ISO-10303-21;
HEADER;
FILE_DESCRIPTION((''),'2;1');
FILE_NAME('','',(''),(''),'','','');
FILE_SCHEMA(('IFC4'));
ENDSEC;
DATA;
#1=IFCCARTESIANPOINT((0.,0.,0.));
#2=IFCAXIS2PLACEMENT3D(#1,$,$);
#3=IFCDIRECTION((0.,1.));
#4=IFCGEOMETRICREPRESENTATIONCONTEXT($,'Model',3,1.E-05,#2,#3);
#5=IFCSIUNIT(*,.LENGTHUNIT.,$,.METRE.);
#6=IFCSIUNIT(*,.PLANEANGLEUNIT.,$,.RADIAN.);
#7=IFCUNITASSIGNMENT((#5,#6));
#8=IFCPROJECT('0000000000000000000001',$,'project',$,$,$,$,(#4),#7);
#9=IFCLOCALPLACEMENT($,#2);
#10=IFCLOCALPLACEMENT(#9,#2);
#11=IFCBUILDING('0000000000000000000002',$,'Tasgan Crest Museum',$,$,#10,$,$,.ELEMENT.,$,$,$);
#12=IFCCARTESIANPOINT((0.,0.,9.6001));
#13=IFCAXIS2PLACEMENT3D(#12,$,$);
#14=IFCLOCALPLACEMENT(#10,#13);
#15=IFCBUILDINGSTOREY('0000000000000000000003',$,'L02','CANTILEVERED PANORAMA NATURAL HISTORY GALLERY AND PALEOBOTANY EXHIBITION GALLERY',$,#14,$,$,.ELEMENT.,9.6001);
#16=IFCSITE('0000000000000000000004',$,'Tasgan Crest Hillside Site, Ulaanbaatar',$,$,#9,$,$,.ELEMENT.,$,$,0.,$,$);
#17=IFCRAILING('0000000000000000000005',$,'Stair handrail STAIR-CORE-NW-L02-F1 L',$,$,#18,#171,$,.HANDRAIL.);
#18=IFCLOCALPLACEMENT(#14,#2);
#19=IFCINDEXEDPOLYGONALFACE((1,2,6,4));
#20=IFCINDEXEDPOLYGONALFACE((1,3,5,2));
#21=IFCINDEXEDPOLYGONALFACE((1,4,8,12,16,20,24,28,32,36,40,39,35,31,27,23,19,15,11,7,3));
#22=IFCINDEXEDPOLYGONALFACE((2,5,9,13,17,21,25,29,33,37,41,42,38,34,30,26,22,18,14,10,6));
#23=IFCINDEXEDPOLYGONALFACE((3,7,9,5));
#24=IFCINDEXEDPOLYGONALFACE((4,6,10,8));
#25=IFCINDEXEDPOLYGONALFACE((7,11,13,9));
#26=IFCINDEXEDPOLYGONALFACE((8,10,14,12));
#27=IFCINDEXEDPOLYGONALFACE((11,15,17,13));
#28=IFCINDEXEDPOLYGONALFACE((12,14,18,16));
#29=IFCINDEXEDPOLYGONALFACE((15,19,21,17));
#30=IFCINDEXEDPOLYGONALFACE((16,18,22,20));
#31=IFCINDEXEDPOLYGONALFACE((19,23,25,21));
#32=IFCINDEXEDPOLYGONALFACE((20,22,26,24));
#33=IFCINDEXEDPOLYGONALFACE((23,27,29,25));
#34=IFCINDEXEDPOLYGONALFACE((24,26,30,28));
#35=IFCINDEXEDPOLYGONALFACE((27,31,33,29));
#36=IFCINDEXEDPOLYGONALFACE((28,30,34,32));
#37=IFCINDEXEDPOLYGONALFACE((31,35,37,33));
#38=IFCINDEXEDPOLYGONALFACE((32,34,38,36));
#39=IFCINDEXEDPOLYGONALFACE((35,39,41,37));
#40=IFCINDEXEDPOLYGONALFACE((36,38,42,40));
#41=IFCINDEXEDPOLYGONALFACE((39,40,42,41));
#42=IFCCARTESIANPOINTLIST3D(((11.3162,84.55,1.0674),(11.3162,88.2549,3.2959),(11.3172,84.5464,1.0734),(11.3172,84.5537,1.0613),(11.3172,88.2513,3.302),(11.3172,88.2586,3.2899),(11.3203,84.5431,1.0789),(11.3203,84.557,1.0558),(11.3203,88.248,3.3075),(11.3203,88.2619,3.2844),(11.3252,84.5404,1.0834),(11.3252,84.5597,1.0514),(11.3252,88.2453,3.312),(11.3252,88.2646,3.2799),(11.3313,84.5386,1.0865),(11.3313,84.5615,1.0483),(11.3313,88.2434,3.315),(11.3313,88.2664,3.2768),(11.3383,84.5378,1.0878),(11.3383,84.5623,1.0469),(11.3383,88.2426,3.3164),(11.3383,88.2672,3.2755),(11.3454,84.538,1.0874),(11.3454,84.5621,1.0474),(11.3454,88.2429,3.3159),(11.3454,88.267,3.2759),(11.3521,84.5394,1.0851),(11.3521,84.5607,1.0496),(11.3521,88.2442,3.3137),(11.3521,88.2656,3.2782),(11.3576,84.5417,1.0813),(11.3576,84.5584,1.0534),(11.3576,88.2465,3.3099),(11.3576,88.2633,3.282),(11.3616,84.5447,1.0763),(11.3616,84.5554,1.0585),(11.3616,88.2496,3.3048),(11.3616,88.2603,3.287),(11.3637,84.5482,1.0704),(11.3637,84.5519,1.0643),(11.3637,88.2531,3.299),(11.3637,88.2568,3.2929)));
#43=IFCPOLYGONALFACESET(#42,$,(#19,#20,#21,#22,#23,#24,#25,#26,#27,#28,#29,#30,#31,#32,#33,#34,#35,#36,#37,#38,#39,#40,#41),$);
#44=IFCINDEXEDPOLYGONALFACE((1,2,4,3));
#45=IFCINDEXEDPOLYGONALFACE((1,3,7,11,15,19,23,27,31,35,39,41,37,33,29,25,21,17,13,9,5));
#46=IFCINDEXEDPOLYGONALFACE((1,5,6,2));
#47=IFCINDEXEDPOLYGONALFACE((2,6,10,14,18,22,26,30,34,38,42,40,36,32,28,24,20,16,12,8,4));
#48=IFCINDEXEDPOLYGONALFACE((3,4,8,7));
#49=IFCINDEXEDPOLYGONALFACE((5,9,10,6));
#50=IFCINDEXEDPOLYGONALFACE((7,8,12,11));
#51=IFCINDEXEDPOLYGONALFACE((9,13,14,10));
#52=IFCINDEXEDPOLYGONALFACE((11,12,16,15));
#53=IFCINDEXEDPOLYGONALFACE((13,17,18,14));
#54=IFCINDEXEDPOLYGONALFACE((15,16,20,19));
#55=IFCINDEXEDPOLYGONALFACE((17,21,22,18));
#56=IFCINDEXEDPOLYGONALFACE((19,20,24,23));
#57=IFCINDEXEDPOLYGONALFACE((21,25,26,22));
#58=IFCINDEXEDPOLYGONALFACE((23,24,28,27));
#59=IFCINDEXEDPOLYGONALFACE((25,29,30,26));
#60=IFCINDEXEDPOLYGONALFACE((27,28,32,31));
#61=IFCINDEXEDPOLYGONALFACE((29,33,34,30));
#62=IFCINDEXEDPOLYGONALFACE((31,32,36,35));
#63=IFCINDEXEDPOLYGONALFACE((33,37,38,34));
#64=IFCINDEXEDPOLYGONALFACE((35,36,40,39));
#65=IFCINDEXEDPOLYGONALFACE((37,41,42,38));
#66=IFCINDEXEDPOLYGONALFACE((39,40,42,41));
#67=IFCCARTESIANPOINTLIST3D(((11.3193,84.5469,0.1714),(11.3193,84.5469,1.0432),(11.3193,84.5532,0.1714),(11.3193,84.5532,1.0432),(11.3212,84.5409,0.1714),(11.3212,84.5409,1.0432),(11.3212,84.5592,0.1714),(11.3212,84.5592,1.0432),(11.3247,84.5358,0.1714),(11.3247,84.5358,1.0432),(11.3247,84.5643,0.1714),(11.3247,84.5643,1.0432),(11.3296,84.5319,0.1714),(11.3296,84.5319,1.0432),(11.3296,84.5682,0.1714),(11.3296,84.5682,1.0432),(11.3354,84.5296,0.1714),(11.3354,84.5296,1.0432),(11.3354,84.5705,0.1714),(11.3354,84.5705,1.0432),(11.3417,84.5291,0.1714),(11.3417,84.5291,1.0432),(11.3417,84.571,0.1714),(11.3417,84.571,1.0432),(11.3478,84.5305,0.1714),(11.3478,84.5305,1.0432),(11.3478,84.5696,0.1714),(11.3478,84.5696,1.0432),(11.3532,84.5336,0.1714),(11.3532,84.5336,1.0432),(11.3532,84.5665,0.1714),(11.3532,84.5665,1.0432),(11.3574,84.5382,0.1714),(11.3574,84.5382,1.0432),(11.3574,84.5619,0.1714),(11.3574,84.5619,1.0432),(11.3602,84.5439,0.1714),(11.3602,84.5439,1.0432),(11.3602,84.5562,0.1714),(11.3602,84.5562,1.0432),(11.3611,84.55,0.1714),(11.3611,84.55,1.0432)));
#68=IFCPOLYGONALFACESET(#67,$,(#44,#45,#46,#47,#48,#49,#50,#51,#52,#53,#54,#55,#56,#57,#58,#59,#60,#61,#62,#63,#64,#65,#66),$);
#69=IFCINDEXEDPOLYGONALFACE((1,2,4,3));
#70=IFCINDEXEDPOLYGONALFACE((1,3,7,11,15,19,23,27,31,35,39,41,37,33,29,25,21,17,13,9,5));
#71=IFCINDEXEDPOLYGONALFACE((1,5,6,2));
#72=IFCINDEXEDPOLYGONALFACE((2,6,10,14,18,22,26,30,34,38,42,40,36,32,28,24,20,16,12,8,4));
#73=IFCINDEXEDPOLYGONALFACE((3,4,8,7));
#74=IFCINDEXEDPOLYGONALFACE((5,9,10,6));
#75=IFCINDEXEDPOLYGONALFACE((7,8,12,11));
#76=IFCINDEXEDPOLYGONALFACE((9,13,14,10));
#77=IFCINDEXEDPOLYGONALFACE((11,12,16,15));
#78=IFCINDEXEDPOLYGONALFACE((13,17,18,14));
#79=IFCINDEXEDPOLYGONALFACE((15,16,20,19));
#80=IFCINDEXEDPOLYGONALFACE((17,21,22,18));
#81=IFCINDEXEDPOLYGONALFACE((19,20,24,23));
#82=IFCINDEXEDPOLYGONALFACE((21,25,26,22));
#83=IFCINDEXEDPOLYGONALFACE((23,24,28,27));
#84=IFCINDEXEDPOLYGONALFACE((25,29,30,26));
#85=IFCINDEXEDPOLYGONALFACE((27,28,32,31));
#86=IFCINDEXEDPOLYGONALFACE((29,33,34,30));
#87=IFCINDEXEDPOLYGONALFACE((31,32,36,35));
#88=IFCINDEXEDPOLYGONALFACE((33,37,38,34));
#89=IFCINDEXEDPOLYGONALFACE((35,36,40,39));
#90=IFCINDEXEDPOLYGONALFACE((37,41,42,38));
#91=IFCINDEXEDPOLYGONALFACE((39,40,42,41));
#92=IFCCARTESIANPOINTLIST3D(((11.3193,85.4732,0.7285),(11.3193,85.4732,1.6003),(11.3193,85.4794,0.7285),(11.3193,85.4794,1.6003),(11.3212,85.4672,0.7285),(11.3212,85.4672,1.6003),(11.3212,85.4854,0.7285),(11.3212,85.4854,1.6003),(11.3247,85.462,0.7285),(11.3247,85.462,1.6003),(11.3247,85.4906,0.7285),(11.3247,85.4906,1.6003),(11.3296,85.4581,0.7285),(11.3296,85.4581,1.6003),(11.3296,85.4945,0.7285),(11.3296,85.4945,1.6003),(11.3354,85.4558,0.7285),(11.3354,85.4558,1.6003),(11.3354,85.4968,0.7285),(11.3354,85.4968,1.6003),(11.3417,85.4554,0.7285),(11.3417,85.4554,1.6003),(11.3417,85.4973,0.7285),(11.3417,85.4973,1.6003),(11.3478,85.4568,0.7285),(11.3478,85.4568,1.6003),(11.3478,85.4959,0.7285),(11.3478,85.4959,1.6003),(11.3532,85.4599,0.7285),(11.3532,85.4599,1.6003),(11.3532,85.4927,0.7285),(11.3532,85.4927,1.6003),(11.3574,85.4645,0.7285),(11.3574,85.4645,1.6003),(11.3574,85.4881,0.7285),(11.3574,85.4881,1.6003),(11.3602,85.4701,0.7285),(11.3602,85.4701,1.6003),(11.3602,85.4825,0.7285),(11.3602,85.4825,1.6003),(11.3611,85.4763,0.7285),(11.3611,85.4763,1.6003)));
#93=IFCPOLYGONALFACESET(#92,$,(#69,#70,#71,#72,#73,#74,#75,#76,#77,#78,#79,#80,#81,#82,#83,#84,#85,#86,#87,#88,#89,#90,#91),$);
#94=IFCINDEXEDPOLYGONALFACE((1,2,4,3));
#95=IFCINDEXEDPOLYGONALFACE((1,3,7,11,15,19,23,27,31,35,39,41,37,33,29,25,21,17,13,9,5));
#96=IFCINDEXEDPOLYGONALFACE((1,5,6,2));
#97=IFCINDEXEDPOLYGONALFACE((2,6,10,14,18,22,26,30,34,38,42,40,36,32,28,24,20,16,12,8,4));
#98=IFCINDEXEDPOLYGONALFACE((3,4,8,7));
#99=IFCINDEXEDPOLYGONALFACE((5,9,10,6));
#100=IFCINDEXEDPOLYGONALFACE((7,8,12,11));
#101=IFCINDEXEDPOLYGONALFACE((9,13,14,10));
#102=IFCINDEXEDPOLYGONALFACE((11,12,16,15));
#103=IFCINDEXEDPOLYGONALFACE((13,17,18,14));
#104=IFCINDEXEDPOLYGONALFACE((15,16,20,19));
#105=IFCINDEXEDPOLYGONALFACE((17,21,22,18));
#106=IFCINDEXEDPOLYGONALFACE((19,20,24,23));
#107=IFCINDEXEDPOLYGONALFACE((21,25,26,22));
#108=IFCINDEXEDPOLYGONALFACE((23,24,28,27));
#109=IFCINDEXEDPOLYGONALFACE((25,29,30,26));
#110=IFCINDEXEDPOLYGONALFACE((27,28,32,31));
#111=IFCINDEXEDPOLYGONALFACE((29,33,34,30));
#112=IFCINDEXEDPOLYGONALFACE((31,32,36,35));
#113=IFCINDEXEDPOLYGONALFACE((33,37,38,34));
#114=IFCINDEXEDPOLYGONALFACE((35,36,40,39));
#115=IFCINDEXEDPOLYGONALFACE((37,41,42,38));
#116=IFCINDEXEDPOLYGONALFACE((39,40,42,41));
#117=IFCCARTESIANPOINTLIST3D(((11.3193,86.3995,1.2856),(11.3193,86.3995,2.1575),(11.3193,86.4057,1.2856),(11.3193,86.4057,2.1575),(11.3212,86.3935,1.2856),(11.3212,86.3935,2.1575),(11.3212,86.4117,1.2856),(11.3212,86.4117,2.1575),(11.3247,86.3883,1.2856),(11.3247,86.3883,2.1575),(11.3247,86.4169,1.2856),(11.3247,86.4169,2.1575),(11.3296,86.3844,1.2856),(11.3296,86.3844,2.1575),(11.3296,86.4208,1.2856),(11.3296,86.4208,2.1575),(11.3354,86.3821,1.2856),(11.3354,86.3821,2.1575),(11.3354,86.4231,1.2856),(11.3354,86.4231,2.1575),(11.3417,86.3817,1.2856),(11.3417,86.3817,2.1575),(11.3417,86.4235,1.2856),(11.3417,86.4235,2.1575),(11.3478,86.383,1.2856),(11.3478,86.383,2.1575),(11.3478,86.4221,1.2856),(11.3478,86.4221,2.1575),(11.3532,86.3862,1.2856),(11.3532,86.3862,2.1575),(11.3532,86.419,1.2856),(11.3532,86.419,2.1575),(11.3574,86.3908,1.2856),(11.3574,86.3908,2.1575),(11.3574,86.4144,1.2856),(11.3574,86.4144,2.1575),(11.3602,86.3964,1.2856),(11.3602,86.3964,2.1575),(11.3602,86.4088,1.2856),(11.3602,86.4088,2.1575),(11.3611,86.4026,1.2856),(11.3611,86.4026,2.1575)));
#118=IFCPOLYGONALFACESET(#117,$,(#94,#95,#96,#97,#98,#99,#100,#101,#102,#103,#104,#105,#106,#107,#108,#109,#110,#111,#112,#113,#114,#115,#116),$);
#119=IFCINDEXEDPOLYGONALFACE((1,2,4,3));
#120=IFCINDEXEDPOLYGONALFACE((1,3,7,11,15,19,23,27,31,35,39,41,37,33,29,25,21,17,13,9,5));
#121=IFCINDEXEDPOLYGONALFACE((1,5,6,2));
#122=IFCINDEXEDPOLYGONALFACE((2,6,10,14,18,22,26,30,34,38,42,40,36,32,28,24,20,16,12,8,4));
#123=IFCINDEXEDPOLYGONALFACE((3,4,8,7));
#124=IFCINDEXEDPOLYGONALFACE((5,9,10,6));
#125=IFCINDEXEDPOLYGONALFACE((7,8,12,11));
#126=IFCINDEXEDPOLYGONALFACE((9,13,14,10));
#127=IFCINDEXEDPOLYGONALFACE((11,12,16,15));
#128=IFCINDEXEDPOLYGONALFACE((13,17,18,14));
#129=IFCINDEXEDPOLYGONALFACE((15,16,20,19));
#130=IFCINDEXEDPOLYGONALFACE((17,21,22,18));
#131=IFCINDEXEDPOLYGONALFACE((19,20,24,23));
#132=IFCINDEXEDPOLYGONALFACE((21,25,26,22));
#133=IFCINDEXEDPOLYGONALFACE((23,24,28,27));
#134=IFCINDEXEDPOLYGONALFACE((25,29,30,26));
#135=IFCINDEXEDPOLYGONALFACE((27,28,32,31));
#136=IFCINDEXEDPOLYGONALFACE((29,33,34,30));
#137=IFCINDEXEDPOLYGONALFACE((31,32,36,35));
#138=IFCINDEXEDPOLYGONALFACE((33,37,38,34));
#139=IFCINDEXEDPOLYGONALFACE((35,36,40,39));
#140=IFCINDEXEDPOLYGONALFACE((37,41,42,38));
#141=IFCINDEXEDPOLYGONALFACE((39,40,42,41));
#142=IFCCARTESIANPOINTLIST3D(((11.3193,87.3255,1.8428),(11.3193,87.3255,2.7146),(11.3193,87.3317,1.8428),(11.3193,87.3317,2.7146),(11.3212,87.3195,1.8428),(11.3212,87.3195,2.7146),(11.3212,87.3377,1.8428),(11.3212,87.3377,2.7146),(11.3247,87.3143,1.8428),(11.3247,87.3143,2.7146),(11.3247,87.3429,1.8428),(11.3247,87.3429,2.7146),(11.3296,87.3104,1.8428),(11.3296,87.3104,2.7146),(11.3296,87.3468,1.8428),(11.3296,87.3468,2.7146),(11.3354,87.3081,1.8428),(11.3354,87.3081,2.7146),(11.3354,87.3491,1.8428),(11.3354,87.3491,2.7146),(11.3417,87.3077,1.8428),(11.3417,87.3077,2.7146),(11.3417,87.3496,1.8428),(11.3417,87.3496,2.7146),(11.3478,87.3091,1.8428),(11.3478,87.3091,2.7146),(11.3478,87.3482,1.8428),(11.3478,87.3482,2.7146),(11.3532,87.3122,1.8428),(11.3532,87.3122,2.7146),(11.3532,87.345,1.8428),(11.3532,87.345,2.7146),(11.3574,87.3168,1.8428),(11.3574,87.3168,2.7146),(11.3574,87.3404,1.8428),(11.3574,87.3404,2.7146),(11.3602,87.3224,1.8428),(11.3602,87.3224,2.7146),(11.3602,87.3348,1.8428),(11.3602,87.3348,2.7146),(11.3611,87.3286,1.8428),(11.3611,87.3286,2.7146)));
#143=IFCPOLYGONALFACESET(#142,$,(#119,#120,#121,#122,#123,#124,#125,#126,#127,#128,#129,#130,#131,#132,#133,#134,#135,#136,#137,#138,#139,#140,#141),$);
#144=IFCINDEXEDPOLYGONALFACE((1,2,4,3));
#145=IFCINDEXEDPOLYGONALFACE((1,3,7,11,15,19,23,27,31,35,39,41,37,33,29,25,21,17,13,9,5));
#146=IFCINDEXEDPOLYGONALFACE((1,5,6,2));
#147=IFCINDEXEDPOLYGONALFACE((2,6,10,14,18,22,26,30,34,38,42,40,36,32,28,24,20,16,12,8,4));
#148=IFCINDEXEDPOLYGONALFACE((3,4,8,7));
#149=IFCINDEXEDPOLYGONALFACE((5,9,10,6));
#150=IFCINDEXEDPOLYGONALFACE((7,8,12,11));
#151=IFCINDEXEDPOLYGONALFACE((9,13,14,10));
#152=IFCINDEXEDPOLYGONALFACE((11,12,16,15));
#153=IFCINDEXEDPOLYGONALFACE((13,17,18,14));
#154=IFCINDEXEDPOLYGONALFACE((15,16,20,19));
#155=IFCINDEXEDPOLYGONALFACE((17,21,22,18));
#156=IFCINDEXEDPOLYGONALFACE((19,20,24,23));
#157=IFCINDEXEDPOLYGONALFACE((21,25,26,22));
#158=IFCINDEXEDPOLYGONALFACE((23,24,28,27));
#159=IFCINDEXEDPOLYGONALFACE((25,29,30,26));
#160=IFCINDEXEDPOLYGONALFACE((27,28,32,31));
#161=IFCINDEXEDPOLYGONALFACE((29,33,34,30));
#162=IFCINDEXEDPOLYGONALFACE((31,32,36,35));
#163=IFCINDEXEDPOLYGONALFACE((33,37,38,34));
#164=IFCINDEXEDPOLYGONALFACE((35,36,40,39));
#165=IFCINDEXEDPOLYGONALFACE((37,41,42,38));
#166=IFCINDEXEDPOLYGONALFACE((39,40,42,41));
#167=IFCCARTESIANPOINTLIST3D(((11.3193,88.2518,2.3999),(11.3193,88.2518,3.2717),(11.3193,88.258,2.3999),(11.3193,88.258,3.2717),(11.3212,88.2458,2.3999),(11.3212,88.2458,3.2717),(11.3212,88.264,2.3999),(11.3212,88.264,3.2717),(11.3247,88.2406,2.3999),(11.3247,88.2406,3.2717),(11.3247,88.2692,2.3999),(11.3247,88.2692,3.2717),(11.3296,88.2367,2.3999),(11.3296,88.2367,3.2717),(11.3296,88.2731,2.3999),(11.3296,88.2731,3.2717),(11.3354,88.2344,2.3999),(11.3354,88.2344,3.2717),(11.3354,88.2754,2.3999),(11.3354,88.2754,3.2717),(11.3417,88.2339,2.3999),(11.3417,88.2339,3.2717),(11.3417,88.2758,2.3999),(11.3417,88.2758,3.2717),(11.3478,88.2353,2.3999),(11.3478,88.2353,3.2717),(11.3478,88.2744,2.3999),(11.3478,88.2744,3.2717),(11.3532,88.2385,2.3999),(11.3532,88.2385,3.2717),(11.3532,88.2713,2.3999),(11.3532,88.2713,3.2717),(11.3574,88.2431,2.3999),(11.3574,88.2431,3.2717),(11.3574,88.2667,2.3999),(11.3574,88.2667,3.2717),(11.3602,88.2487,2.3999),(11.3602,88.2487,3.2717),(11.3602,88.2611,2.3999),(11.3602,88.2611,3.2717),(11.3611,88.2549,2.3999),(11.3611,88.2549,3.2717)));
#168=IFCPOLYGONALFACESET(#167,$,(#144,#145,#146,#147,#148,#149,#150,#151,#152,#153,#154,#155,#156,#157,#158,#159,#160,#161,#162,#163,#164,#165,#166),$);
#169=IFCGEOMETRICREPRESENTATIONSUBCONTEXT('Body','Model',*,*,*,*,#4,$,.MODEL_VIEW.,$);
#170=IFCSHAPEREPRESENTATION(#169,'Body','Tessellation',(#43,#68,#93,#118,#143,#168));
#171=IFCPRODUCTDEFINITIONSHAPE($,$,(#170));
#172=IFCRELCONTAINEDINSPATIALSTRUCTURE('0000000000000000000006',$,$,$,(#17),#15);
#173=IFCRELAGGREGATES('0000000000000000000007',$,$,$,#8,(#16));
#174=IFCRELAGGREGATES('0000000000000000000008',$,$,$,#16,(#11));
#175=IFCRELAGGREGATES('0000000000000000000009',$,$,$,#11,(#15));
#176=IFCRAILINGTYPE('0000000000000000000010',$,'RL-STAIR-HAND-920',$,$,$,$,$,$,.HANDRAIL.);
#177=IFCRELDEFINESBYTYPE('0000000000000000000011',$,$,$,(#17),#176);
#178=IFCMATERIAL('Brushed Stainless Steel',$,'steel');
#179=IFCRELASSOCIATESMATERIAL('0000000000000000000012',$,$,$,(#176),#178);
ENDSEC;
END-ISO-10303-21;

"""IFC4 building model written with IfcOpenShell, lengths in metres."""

from ifc_helpers import new_model, si_unit, direction, frame, origin, origin_2d, place, context, subcontext, project, spatial, circle, extrude, material, type_object, element, save


model = new_model("IFC4")

# Units and contexts
model_context = context("Model", 3, precision=1e-05, world=origin(), true_north=direction((0.0, 1.0)))
body_context = subcontext(model_context, "Body", "Model", "MODEL_VIEW")
ifc_project = project(units=[si_unit("LENGTHUNIT", "METRE"), si_unit("PLANEANGLEUNIT", "RADIAN")], contexts=[model_context])

# Site, building, storey
site_placement = place(None, origin())
site = spatial("IfcSite", under=ifc_project, at=site_placement, Name="Tasgan Crest Hillside Site, Ulaanbaatar", CompositionType="ELEMENT", RefElevation=0.0)
building_placement = place(site_placement, origin())
building = spatial("IfcBuilding", under=site, at=building_placement, Name="Tasgan Crest Museum", CompositionType="ELEMENT")
storey_placement = place(building_placement, frame((0.0, 0.0, 9.6001)))
storey = spatial("IfcBuildingStorey", under=building, at=storey_placement, Name="L02", Description="CANTILEVERED PANORAMA NATURAL HISTORY GALLERY AND PALEOBOTANY EXHIBITION GALLERY", CompositionType="ELEMENT", Elevation=9.6001)

# Railing
ifc_material_1 = material(Name="Brushed Stainless Steel", Category="steel")
railing_type_1 = type_object("IfcRailingType", Name="RL-STAIR-HAND-920", PredefinedType="HANDRAIL", material=ifc_material_1)
for number, where, name in (
    (1, (11.3401, 84.55, 0.1714), "Stair handrail STAIR-CORE-NW-L02-F1 L"),
):
    element("IfcRailing", number, at=place(storey_placement, frame(where)), inside=storey, type_object=railing_type_1, Name=name, PredefinedType="HANDRAIL", context=body_context, shape_type="SweptSolid", body=[
        extrude(circle(Radius=0.0239, at=origin_2d()), frame((0.0, 0.0, 0.896), z_axis=(0.0, 0.856919, 0.51545), x_axis=(-1.0, 0.0, 0.0)), (0.0, 0.0, 1.0), 4.3235),
        extrude(circle(Radius=0.021, at=origin_2d()), origin(), (0.0, 0.0, 1.0), 0.8718),
        extrude(circle(Radius=0.021, at=origin_2d()), frame((0.0, 0.9263, 0.5571)), (0.0, 0.0, 1.0), 0.8718),
        extrude(circle(Radius=0.021, at=origin_2d()), frame((0.0, 1.8525, 1.1143)), (0.0, 0.0, 1.0), 0.8718),
        extrude(circle(Radius=0.021, at=origin_2d()), frame((0.0, 2.7786, 1.6714)), (0.0, 0.0, 1.0), 0.8718),
        extrude(circle(Radius=0.021, at=origin_2d()), frame((0.0, 3.7048, 2.2285)), (0.0, 0.0, 1.0), 0.8718),
    ])

save(model, "model.ifc")
